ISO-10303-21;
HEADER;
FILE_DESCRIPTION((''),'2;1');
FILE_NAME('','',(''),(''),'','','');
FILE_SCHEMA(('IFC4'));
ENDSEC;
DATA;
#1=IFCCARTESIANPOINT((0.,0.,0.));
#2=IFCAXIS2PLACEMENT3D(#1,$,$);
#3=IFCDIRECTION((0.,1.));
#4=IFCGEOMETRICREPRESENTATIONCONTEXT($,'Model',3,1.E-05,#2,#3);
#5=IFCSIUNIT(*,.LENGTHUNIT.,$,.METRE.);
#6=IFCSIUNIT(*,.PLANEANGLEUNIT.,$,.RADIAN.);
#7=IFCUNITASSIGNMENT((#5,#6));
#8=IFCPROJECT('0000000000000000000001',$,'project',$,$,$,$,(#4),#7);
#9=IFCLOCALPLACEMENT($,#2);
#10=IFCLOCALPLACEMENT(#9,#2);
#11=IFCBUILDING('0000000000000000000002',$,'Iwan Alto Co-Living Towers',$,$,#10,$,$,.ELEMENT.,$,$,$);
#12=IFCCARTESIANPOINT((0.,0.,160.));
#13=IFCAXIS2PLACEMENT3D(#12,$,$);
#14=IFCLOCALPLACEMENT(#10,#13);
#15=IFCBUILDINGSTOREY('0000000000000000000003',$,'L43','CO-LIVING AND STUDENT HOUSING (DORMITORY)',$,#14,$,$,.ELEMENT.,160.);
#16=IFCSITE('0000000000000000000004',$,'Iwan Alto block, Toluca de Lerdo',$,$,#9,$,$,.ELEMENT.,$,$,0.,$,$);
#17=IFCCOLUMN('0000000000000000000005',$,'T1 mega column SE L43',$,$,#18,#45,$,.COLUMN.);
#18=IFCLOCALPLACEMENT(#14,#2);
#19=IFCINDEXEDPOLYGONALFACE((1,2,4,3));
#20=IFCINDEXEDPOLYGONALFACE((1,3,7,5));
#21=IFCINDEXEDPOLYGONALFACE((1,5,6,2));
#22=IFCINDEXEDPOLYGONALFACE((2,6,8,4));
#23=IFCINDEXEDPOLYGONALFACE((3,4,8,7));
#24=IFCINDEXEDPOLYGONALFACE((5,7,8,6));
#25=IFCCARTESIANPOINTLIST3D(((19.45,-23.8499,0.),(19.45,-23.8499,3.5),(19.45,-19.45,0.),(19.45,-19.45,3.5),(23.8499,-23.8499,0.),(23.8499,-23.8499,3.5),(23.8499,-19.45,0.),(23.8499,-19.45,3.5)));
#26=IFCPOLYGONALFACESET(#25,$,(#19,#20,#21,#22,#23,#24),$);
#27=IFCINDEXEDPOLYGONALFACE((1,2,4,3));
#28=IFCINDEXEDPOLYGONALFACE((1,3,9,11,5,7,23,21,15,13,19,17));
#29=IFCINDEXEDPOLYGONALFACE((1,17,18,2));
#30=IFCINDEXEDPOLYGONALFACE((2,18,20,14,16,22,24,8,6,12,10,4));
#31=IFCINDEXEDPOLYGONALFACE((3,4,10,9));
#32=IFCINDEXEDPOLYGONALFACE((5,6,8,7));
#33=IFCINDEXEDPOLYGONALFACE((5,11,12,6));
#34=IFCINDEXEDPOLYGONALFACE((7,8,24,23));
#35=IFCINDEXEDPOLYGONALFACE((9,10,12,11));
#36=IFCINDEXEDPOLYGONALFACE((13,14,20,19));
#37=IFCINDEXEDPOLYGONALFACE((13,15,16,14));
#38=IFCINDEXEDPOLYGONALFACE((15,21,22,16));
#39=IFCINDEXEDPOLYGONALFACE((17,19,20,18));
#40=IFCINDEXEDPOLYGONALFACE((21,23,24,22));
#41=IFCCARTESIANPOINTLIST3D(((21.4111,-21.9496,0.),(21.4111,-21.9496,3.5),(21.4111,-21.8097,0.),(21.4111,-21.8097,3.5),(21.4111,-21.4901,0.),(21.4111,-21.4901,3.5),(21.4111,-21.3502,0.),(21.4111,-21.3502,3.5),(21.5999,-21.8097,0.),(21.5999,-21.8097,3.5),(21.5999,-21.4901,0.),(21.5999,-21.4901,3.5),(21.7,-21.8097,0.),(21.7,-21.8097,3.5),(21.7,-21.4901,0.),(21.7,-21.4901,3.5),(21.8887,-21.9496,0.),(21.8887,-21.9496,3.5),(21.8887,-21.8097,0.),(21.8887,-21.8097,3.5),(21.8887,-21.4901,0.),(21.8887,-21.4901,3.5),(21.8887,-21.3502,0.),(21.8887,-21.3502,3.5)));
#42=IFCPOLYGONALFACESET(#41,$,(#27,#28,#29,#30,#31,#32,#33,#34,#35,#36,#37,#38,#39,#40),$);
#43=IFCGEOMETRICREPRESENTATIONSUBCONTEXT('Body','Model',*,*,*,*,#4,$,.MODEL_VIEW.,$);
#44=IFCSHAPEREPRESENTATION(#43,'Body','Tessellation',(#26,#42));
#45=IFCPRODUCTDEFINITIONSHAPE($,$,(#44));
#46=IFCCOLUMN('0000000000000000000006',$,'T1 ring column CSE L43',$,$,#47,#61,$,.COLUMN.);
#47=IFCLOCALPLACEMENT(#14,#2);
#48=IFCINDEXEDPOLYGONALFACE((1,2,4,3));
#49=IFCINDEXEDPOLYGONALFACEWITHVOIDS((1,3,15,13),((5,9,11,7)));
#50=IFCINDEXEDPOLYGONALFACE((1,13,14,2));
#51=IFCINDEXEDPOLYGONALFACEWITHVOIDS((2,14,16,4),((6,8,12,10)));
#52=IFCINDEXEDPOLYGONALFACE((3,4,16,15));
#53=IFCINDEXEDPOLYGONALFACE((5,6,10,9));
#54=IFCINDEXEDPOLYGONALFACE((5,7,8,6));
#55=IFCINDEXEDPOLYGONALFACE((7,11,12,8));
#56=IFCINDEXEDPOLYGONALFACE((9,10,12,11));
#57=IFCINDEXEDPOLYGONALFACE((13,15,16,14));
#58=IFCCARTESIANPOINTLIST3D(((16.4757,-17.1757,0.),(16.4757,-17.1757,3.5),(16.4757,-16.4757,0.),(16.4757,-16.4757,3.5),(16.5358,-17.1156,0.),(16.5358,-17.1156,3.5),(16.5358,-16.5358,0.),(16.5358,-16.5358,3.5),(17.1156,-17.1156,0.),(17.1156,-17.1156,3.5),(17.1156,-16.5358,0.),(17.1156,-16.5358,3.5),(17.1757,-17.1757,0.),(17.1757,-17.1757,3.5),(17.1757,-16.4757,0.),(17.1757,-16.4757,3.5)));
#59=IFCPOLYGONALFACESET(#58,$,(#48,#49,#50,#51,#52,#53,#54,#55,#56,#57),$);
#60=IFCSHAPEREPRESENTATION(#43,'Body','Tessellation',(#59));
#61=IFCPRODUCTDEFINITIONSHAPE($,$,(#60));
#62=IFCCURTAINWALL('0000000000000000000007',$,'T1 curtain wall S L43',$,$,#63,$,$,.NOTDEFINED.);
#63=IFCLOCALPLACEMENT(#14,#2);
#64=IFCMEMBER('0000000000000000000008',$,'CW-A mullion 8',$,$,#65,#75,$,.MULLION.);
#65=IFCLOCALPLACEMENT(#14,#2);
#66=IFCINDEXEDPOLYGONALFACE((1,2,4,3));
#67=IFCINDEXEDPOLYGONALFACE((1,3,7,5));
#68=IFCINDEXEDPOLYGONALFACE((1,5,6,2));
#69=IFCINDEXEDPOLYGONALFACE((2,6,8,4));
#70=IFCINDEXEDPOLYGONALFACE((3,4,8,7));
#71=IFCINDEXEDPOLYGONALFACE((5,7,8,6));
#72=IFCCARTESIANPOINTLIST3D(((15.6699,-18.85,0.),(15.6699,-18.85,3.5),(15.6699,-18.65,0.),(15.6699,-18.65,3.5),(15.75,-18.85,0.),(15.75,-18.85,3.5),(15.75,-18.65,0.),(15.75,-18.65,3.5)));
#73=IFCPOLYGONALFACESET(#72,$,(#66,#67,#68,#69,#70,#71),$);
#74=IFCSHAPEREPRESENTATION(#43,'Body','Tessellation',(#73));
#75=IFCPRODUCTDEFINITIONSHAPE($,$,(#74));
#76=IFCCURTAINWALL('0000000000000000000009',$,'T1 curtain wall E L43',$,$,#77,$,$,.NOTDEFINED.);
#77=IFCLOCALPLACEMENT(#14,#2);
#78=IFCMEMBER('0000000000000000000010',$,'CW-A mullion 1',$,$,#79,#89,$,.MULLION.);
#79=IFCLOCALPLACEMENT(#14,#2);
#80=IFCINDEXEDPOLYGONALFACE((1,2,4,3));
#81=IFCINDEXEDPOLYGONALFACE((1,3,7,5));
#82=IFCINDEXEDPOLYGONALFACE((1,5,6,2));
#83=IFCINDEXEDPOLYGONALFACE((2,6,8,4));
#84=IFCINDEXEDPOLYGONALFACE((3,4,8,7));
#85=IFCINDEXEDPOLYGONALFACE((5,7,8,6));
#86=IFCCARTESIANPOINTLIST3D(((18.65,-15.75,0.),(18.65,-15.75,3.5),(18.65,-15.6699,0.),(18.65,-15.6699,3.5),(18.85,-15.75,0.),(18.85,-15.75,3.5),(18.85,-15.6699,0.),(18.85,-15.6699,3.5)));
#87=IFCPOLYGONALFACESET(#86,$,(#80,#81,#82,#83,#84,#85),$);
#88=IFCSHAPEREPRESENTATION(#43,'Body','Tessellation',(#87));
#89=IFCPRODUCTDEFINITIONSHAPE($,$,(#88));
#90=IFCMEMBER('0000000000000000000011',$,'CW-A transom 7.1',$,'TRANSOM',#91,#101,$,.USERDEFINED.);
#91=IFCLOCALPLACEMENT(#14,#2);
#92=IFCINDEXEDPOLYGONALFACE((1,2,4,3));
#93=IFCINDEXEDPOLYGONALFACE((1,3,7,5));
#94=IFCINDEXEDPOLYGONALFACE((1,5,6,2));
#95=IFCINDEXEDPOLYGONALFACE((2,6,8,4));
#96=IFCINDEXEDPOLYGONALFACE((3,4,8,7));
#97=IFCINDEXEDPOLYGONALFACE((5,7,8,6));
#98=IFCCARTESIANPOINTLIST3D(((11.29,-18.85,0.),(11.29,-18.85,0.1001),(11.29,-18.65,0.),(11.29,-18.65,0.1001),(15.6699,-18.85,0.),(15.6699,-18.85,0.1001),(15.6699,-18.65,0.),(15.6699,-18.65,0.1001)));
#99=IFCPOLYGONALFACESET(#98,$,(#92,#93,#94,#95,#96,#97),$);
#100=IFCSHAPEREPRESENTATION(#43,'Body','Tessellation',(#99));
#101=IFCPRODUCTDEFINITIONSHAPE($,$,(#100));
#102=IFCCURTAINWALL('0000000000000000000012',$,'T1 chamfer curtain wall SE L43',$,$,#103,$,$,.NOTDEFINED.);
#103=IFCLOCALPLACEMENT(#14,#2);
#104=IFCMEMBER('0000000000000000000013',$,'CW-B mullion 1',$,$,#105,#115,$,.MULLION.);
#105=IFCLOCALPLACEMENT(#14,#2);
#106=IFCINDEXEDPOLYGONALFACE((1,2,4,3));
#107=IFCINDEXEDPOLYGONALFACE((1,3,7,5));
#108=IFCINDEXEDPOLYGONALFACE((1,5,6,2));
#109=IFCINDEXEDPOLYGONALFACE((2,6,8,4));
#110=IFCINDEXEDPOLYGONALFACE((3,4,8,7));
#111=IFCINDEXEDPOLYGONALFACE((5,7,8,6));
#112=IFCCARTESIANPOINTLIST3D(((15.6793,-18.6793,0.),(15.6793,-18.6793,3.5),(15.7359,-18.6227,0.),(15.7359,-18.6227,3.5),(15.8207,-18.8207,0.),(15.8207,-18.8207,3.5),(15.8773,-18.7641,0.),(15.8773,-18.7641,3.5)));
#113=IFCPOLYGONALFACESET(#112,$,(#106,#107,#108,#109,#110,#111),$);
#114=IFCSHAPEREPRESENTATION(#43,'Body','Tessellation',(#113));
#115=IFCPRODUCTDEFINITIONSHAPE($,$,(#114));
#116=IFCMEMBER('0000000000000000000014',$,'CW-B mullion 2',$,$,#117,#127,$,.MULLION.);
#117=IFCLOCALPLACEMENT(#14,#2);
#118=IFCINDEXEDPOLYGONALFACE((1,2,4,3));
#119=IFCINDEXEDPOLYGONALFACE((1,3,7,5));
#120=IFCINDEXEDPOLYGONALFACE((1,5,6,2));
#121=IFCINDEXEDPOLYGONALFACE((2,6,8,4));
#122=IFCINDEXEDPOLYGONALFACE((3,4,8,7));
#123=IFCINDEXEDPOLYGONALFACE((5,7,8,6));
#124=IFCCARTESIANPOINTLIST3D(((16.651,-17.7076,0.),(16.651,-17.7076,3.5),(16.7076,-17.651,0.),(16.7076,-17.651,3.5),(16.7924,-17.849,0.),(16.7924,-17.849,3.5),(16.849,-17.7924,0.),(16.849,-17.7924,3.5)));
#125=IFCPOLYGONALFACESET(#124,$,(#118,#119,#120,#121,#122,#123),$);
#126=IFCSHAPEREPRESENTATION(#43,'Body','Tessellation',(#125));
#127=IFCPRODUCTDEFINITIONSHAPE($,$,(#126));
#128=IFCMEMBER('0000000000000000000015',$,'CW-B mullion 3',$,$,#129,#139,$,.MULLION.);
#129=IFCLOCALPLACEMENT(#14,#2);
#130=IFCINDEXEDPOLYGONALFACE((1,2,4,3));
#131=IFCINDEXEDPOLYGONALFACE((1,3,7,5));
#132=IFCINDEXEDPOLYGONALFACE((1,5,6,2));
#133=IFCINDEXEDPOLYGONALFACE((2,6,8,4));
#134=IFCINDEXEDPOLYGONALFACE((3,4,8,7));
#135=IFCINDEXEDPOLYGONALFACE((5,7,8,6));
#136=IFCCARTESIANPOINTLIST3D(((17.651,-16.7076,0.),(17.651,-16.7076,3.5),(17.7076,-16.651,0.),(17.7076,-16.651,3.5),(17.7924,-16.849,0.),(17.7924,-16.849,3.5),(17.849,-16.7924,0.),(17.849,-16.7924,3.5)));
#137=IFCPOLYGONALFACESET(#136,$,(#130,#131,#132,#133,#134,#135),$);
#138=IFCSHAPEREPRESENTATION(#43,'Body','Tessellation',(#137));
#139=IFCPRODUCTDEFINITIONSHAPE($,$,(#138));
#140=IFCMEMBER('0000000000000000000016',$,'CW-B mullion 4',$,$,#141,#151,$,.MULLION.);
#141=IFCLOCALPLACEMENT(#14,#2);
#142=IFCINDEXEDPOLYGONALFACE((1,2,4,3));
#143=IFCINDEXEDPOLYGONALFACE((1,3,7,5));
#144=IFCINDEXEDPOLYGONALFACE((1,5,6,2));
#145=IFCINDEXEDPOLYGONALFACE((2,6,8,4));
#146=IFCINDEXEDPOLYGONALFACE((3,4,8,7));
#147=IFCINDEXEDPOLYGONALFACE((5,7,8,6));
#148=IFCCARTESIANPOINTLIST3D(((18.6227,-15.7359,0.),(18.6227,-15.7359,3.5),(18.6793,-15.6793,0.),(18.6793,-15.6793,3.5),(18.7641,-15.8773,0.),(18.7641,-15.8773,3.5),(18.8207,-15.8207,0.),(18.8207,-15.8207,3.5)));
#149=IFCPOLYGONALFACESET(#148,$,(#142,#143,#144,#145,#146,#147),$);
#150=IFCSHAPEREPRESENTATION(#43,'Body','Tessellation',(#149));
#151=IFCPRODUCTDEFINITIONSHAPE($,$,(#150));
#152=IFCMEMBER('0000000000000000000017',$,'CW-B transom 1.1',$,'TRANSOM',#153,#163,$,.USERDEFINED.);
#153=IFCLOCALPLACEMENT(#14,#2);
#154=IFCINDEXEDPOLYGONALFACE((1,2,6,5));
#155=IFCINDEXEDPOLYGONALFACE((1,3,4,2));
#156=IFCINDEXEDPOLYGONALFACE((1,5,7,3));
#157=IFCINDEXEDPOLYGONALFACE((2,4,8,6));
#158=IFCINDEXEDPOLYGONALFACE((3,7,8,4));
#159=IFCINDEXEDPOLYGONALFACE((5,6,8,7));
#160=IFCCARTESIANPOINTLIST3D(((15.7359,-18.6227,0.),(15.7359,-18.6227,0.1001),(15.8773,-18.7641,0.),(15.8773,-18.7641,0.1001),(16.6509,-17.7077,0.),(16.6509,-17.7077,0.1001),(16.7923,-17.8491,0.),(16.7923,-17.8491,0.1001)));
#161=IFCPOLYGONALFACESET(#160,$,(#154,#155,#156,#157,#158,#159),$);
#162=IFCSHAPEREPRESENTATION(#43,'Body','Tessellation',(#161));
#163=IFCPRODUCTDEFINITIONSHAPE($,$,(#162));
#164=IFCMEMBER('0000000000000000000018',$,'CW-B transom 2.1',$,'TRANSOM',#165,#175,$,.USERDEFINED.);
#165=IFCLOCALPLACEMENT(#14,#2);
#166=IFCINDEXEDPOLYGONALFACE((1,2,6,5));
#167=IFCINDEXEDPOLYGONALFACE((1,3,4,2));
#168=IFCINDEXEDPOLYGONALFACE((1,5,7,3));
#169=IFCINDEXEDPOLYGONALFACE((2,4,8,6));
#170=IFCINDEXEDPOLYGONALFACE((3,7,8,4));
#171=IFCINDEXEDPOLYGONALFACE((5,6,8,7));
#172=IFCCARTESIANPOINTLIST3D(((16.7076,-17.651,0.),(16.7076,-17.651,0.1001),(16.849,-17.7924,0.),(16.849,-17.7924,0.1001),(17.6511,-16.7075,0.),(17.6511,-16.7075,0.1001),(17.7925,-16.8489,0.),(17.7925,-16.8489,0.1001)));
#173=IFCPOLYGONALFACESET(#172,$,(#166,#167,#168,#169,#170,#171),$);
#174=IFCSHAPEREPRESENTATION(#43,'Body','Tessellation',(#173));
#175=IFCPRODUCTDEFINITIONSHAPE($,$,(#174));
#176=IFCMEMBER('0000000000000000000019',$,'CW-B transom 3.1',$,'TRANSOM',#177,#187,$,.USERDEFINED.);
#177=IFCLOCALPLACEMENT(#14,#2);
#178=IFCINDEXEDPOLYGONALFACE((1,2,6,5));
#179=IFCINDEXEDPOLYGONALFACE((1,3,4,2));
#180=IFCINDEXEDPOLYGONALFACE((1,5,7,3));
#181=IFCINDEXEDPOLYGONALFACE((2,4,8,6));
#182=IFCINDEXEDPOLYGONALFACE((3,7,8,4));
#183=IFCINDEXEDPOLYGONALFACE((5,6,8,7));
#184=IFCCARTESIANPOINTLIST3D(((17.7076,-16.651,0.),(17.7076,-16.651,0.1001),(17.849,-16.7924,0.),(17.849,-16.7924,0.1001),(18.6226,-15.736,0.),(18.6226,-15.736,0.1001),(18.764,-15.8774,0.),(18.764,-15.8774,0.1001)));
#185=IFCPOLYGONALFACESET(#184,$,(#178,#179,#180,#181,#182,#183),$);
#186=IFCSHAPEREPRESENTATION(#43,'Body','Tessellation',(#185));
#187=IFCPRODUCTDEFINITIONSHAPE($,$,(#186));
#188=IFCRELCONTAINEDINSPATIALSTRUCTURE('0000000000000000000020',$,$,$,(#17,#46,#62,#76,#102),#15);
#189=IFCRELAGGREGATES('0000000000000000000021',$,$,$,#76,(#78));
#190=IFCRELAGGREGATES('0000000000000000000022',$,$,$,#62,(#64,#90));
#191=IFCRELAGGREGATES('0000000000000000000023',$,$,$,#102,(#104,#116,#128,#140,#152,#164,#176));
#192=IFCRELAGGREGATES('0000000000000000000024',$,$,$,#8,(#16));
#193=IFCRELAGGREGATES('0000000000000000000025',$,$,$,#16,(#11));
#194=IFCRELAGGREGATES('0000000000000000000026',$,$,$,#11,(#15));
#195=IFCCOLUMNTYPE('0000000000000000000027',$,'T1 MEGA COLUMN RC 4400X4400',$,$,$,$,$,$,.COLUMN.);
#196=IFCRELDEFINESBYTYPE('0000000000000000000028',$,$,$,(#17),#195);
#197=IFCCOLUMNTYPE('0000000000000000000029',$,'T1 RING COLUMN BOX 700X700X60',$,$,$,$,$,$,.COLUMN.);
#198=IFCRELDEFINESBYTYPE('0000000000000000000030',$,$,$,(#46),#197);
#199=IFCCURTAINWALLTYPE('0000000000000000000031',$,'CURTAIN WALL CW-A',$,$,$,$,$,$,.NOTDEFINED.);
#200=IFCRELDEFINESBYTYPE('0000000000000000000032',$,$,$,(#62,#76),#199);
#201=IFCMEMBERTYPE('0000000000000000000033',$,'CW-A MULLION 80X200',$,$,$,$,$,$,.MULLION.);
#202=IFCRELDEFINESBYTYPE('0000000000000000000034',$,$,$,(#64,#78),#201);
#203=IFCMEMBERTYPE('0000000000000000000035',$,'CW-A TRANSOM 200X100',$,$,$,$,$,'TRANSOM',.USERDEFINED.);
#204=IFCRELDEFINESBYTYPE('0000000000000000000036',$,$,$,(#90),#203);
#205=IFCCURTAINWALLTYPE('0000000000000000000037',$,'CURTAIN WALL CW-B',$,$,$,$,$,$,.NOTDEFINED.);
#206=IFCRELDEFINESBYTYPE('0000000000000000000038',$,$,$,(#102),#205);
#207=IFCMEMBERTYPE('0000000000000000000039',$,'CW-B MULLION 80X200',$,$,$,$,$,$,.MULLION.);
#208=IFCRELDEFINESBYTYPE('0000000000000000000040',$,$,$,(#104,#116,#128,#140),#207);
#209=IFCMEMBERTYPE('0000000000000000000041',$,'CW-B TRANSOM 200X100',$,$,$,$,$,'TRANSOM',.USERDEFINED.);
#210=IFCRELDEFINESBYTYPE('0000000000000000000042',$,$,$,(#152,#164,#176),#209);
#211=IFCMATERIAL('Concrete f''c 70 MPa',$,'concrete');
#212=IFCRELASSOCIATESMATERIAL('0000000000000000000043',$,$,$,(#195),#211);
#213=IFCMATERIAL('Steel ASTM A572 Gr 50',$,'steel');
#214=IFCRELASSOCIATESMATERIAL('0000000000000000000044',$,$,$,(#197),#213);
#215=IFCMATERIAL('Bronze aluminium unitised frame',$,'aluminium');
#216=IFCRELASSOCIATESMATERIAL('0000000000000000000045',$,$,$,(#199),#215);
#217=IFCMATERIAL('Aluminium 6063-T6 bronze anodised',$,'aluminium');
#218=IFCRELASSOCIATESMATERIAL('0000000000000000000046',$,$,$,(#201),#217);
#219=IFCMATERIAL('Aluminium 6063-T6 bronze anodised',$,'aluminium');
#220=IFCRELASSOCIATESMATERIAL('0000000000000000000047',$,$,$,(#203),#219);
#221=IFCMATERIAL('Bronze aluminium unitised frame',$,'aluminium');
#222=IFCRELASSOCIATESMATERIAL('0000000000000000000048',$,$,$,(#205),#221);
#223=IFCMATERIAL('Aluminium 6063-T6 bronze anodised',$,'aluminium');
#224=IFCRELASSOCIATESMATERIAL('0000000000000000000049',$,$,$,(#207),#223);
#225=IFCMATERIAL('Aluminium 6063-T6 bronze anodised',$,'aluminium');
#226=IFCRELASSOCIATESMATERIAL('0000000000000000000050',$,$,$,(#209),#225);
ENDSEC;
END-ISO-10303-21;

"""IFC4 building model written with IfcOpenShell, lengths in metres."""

from ifc_helpers import new_model, si_unit, direction, frame, origin, origin_2d, place, context, subcontext, project, spatial, rectangle, hollow_rectangle, i_section, extrude, material, material_profile, profile_set, type_object, element, aggregate, save


model = new_model("IFC4")

# Units and contexts
model_context = context("Model", 3, precision=1e-05, world=origin(), true_north=direction((0.0, 1.0)))
body_context = subcontext(model_context, "Body", "Model", "MODEL_VIEW")
ifc_project = project(units=[si_unit("LENGTHUNIT", "METRE"), si_unit("PLANEANGLEUNIT", "RADIAN")], contexts=[model_context])

# Site, building, storey
site_placement = place(None, origin())
site = spatial("IfcSite", under=ifc_project, at=site_placement, Name="Iwan Alto block, Toluca de Lerdo", CompositionType="ELEMENT", RefElevation=0.0)
building_placement = place(site_placement, origin())
building = spatial("IfcBuilding", under=site, at=building_placement, Name="Iwan Alto Co-Living Towers", CompositionType="ELEMENT")
storey_placement = place(building_placement, frame((0.0, 0.0, 160.0)))
storey = spatial("IfcBuildingStorey", under=building, at=storey_placement, Name="L43", Description="CO-LIVING AND STUDENT HOUSING (DORMITORY)", CompositionType="ELEMENT", Elevation=160.0)

# Columns
ifc_material_1 = material(Name="Concrete f'c 70 MPa", Category="concrete")
ifc_material_profile_1 = material_profile(ifc_material_1, rectangle(XDim=4.3999, YDim=4.3999, at=origin_2d()), Name="RC 4400X4400")
ifc_profile_set_1 = profile_set([ifc_material_profile_1], Name="Concrete f'c 70 MPa")
column_type_1 = type_object("IfcColumnType", Name="T1 MEGA COLUMN RC 4400X4400", PredefinedType="COLUMN", material=ifc_profile_set_1)
column_1_placement = place(storey_placement, frame((21.6499, -21.6499, 0.0), z_axis=(0.0, 0.0, 1.0), x_axis=(1.0, 0.0, 0.0)))
element("IfcColumn", 1, at=column_1_placement, inside=storey, type_object=column_type_1, Name="T1 mega column SE L43", PredefinedType="COLUMN", context=body_context, shape_type="SweptSolid", body=[
    extrude(rectangle(XDim=4.3999, YDim=4.3999, at=origin_2d()), origin(), (0.0, 0.0, 1.0), 3.5),
    extrude(i_section(OverallWidth=0.4775, OverallDepth=0.5994, WebThickness=0.1001, FlangeThickness=0.1399, at=origin_2d()), origin(), (0.0, 0.0, 1.0), 3.5),
])
ifc_material_2 = material(Name="Steel ASTM A572 Gr 50", Category="steel")
ifc_material_profile_2 = material_profile(ifc_material_2, hollow_rectangle(XDim=0.7, YDim=0.7, WallThickness=0.0601, at=origin_2d()), Name="BOX 700X700X60")
ifc_profile_set_2 = profile_set([ifc_material_profile_2], Name="Steel ASTM A572 Gr 50")
column_type_2 = type_object("IfcColumnType", Name="T1 RING COLUMN BOX 700X700X60", PredefinedType="COLUMN", material=ifc_profile_set_2)
column_2_placement = place(storey_placement, frame((16.8257, -16.8257, 0.0), z_axis=(0.0, 0.0, 1.0), x_axis=(1.0, 0.0, 0.0)))
element("IfcColumn", 2, at=column_2_placement, inside=storey, type_object=column_type_2, Name="T1 ring column CSE L43", PredefinedType="COLUMN", context=body_context, shape_type="SweptSolid", body=[
    extrude(hollow_rectangle(XDim=0.7, YDim=0.7, WallThickness=0.0601, at=origin_2d()), origin(), (0.0, 0.0, 1.0), 3.5),
])

# Curtain walls, members
ifc_material_3 = material(Name="Bronze aluminium unitised frame", Category="aluminium")
curtain_wall_type_1 = type_object("IfcCurtainWallType", Name="CURTAIN WALL CW-A", PredefinedType="NOTDEFINED", material=ifc_material_3)
curtain_wall_1_placement = place(storey_placement, origin())
curtain_wall_1 = element("IfcCurtainWall", 3, at=curtain_wall_1_placement, inside=storey, type_object=curtain_wall_type_1, Name="T1 curtain wall S L43", PredefinedType="NOTDEFINED")
ifc_material_4 = material(Name="Aluminium 6063-T6 bronze anodised", Category="aluminium")
ifc_material_profile_3 = material_profile(ifc_material_4, rectangle(XDim=0.2, YDim=0.0801, at=origin_2d()), Name="AL 80X200")
ifc_profile_set_3 = profile_set([ifc_material_profile_3], Name="Aluminium 6063-T6 bronze anodised")
member_type_1 = type_object("IfcMemberType", Name="CW-A MULLION 80X200", PredefinedType="MULLION", material=ifc_profile_set_3)
member_1_placement = place(storey_placement, frame((15.71, -18.75, 0.0), z_axis=(0.0, 0.0, 1.0), x_axis=(0.0, 1.0, 0.0)))
member_1 = element("IfcMember", 4, at=member_1_placement, type_object=member_type_1, Name="CW-A mullion 8", PredefinedType="MULLION", context=body_context, shape_type="SweptSolid", body=[
    extrude(rectangle(XDim=0.2, YDim=0.0801, at=origin_2d()), origin(), (0.0, 0.0, 1.0), 3.5),
])
curtain_wall_2_placement = place(storey_placement, origin())
curtain_wall_2 = element("IfcCurtainWall", 5, at=curtain_wall_2_placement, inside=storey, type_object=curtain_wall_type_1, Name="T1 curtain wall E L43", PredefinedType="NOTDEFINED")
member_2_placement = place(storey_placement, frame((18.75, -15.71, 0.0), z_axis=(0.0, 0.0, 1.0), x_axis=(-1.0, 0.0, 0.0)))
member_2 = element("IfcMember", 6, at=member_2_placement, type_object=member_type_1, Name="CW-A mullion 1", PredefinedType="MULLION", context=body_context, shape_type="SweptSolid", body=[
    extrude(rectangle(XDim=0.2, YDim=0.0801, at=origin_2d()), origin(), (0.0, 0.0, 1.0), 3.5),
])
aggregate(curtain_wall_2, [member_2])

# Member
ifc_material_5 = material(Name="Aluminium 6063-T6 bronze anodised", Category="aluminium")
ifc_material_profile_4 = material_profile(ifc_material_5, rectangle(XDim=0.2, YDim=0.1001, at=origin_2d()), Name="AL 200X100")
ifc_profile_set_4 = profile_set([ifc_material_profile_4], Name="Aluminium 6063-T6 bronze anodised")
member_type_2 = type_object("IfcMemberType", Name="CW-A TRANSOM 200X100", ElementType="TRANSOM", PredefinedType="USERDEFINED", material=ifc_profile_set_4)
member_3_placement = place(storey_placement, frame((11.29, -18.75, 0.05), z_axis=(1.0, 0.0, 0.0), x_axis=(0.0, 1.0, 0.0)))
member_3 = element("IfcMember", 7, at=member_3_placement, type_object=member_type_2, Name="CW-A transom 7.1", ObjectType="TRANSOM", PredefinedType="USERDEFINED", context=body_context, shape_type="SweptSolid", body=[
    extrude(rectangle(XDim=0.2, YDim=0.1001, at=origin_2d()), origin(), (0.0, 0.0, 1.0), 4.3799),
])

# Curtain wall, members
ifc_material_6 = material(Name="Bronze aluminium unitised frame", Category="aluminium")
curtain_wall_type_2 = type_object("IfcCurtainWallType", Name="CURTAIN WALL CW-B", PredefinedType="NOTDEFINED", material=ifc_material_6)
curtain_wall_3_placement = place(storey_placement, origin())
curtain_wall_3 = element("IfcCurtainWall", 8, at=curtain_wall_3_placement, inside=storey, type_object=curtain_wall_type_2, Name="T1 chamfer curtain wall SE L43", PredefinedType="NOTDEFINED")
ifc_material_7 = material(Name="Aluminium 6063-T6 bronze anodised", Category="aluminium")
ifc_material_profile_5 = material_profile(ifc_material_7, rectangle(XDim=0.2, YDim=0.0801, at=origin_2d()), Name="AL 80X200")
ifc_profile_set_5 = profile_set([ifc_material_profile_5], Name="Aluminium 6063-T6 bronze anodised")
member_type_3 = type_object("IfcMemberType", Name="CW-B MULLION 80X200", PredefinedType="MULLION", material=ifc_profile_set_5)
member_4_placement = place(storey_placement, frame((15.7783, -18.7217, 0.0), z_axis=(0.0, 0.0, 1.0), x_axis=(-0.707107, 0.707107, 0.0)))
member_4 = element("IfcMember", 9, at=member_4_placement, type_object=member_type_3, Name="CW-B mullion 1", PredefinedType="MULLION", context=body_context, shape_type="SweptSolid", body=[
    extrude(rectangle(XDim=0.2, YDim=0.0801, at=origin_2d()), origin(), (0.0, 0.0, 1.0), 3.5),
])
member_5_placement = place(storey_placement, frame((16.75, -17.75, 0.0), z_axis=(0.0, 0.0, 1.0), x_axis=(-0.707107, 0.707107, 0.0)))
member_5 = element("IfcMember", 10, at=member_5_placement, type_object=member_type_3, Name="CW-B mullion 2", PredefinedType="MULLION", context=body_context, shape_type="SweptSolid", body=[
    extrude(rectangle(XDim=0.2, YDim=0.0801, at=origin_2d()), origin(), (0.0, 0.0, 1.0), 3.5),
])
member_6_placement = place(storey_placement, frame((17.75, -16.75, 0.0), z_axis=(0.0, 0.0, 1.0), x_axis=(-0.707107, 0.707107, 0.0)))
member_6 = element("IfcMember", 11, at=member_6_placement, type_object=member_type_3, Name="CW-B mullion 3", PredefinedType="MULLION", context=body_context, shape_type="SweptSolid", body=[
    extrude(rectangle(XDim=0.2, YDim=0.0801, at=origin_2d()), origin(), (0.0, 0.0, 1.0), 3.5),
])
member_7_placement = place(storey_placement, frame((18.7217, -15.7783, 0.0), z_axis=(0.0, 0.0, 1.0), x_axis=(-0.707107, 0.707107, 0.0)))
member_7 = element("IfcMember", 12, at=member_7_placement, type_object=member_type_3, Name="CW-B mullion 4", PredefinedType="MULLION", context=body_context, shape_type="SweptSolid", body=[
    extrude(rectangle(XDim=0.2, YDim=0.0801, at=origin_2d()), origin(), (0.0, 0.0, 1.0), 3.5),
])
ifc_material_8 = material(Name="Aluminium 6063-T6 bronze anodised", Category="aluminium")
ifc_material_profile_6 = material_profile(ifc_material_8, rectangle(XDim=0.2, YDim=0.1001, at=origin_2d()), Name="AL 200X100")
ifc_profile_set_6 = profile_set([ifc_material_profile_6], Name="Aluminium 6063-T6 bronze anodised")
member_type_4 = type_object("IfcMemberType", Name="CW-B TRANSOM 200X100", ElementType="TRANSOM", PredefinedType="USERDEFINED", material=ifc_profile_set_6)
member_8_placement = place(storey_placement, frame((15.8066, -18.6934, 0.05), z_axis=(0.707107, 0.707107, 0.0), x_axis=(-0.707107, 0.707107, 0.0)))
member_8 = element("IfcMember", 13, at=member_8_placement, type_object=member_type_4, Name="CW-B transom 1.1", ObjectType="TRANSOM", PredefinedType="USERDEFINED", context=body_context, shape_type="SweptSolid", body=[
    extrude(rectangle(XDim=0.2, YDim=0.1001, at=origin_2d()), origin(), (0.0, 0.0, 1.0), 1.2939),
])
member_9_placement = place(storey_placement, frame((16.7783, -17.7217, 0.05), z_axis=(0.707107, 0.707107, 0.0), x_axis=(-0.707107, 0.707107, 0.0)))
member_9 = element("IfcMember", 14, at=member_9_placement, type_object=member_type_4, Name="CW-B transom 2.1", ObjectType="TRANSOM", PredefinedType="USERDEFINED", context=body_context, shape_type="SweptSolid", body=[
    extrude(rectangle(XDim=0.2, YDim=0.1001, at=origin_2d()), origin(), (0.0, 0.0, 1.0), 1.3342),
])
member_10_placement = place(storey_placement, frame((17.7783, -16.7217, 0.05), z_axis=(0.707107, 0.707107, 0.0), x_axis=(-0.707107, 0.707107, 0.0)))
member_10 = element("IfcMember", 15, at=member_10_placement, type_object=member_type_4, Name="CW-B transom 3.1", ObjectType="TRANSOM", PredefinedType="USERDEFINED", context=body_context, shape_type="SweptSolid", body=[
    extrude(rectangle(XDim=0.2, YDim=0.1001, at=origin_2d()), origin(), (0.0, 0.0, 1.0), 1.2939),
])

aggregate(curtain_wall_1, [member_1, member_3])
aggregate(curtain_wall_3, [member_4, member_5, member_6, member_7, member_8, member_9, member_10])

save(model, "model.ifc")
